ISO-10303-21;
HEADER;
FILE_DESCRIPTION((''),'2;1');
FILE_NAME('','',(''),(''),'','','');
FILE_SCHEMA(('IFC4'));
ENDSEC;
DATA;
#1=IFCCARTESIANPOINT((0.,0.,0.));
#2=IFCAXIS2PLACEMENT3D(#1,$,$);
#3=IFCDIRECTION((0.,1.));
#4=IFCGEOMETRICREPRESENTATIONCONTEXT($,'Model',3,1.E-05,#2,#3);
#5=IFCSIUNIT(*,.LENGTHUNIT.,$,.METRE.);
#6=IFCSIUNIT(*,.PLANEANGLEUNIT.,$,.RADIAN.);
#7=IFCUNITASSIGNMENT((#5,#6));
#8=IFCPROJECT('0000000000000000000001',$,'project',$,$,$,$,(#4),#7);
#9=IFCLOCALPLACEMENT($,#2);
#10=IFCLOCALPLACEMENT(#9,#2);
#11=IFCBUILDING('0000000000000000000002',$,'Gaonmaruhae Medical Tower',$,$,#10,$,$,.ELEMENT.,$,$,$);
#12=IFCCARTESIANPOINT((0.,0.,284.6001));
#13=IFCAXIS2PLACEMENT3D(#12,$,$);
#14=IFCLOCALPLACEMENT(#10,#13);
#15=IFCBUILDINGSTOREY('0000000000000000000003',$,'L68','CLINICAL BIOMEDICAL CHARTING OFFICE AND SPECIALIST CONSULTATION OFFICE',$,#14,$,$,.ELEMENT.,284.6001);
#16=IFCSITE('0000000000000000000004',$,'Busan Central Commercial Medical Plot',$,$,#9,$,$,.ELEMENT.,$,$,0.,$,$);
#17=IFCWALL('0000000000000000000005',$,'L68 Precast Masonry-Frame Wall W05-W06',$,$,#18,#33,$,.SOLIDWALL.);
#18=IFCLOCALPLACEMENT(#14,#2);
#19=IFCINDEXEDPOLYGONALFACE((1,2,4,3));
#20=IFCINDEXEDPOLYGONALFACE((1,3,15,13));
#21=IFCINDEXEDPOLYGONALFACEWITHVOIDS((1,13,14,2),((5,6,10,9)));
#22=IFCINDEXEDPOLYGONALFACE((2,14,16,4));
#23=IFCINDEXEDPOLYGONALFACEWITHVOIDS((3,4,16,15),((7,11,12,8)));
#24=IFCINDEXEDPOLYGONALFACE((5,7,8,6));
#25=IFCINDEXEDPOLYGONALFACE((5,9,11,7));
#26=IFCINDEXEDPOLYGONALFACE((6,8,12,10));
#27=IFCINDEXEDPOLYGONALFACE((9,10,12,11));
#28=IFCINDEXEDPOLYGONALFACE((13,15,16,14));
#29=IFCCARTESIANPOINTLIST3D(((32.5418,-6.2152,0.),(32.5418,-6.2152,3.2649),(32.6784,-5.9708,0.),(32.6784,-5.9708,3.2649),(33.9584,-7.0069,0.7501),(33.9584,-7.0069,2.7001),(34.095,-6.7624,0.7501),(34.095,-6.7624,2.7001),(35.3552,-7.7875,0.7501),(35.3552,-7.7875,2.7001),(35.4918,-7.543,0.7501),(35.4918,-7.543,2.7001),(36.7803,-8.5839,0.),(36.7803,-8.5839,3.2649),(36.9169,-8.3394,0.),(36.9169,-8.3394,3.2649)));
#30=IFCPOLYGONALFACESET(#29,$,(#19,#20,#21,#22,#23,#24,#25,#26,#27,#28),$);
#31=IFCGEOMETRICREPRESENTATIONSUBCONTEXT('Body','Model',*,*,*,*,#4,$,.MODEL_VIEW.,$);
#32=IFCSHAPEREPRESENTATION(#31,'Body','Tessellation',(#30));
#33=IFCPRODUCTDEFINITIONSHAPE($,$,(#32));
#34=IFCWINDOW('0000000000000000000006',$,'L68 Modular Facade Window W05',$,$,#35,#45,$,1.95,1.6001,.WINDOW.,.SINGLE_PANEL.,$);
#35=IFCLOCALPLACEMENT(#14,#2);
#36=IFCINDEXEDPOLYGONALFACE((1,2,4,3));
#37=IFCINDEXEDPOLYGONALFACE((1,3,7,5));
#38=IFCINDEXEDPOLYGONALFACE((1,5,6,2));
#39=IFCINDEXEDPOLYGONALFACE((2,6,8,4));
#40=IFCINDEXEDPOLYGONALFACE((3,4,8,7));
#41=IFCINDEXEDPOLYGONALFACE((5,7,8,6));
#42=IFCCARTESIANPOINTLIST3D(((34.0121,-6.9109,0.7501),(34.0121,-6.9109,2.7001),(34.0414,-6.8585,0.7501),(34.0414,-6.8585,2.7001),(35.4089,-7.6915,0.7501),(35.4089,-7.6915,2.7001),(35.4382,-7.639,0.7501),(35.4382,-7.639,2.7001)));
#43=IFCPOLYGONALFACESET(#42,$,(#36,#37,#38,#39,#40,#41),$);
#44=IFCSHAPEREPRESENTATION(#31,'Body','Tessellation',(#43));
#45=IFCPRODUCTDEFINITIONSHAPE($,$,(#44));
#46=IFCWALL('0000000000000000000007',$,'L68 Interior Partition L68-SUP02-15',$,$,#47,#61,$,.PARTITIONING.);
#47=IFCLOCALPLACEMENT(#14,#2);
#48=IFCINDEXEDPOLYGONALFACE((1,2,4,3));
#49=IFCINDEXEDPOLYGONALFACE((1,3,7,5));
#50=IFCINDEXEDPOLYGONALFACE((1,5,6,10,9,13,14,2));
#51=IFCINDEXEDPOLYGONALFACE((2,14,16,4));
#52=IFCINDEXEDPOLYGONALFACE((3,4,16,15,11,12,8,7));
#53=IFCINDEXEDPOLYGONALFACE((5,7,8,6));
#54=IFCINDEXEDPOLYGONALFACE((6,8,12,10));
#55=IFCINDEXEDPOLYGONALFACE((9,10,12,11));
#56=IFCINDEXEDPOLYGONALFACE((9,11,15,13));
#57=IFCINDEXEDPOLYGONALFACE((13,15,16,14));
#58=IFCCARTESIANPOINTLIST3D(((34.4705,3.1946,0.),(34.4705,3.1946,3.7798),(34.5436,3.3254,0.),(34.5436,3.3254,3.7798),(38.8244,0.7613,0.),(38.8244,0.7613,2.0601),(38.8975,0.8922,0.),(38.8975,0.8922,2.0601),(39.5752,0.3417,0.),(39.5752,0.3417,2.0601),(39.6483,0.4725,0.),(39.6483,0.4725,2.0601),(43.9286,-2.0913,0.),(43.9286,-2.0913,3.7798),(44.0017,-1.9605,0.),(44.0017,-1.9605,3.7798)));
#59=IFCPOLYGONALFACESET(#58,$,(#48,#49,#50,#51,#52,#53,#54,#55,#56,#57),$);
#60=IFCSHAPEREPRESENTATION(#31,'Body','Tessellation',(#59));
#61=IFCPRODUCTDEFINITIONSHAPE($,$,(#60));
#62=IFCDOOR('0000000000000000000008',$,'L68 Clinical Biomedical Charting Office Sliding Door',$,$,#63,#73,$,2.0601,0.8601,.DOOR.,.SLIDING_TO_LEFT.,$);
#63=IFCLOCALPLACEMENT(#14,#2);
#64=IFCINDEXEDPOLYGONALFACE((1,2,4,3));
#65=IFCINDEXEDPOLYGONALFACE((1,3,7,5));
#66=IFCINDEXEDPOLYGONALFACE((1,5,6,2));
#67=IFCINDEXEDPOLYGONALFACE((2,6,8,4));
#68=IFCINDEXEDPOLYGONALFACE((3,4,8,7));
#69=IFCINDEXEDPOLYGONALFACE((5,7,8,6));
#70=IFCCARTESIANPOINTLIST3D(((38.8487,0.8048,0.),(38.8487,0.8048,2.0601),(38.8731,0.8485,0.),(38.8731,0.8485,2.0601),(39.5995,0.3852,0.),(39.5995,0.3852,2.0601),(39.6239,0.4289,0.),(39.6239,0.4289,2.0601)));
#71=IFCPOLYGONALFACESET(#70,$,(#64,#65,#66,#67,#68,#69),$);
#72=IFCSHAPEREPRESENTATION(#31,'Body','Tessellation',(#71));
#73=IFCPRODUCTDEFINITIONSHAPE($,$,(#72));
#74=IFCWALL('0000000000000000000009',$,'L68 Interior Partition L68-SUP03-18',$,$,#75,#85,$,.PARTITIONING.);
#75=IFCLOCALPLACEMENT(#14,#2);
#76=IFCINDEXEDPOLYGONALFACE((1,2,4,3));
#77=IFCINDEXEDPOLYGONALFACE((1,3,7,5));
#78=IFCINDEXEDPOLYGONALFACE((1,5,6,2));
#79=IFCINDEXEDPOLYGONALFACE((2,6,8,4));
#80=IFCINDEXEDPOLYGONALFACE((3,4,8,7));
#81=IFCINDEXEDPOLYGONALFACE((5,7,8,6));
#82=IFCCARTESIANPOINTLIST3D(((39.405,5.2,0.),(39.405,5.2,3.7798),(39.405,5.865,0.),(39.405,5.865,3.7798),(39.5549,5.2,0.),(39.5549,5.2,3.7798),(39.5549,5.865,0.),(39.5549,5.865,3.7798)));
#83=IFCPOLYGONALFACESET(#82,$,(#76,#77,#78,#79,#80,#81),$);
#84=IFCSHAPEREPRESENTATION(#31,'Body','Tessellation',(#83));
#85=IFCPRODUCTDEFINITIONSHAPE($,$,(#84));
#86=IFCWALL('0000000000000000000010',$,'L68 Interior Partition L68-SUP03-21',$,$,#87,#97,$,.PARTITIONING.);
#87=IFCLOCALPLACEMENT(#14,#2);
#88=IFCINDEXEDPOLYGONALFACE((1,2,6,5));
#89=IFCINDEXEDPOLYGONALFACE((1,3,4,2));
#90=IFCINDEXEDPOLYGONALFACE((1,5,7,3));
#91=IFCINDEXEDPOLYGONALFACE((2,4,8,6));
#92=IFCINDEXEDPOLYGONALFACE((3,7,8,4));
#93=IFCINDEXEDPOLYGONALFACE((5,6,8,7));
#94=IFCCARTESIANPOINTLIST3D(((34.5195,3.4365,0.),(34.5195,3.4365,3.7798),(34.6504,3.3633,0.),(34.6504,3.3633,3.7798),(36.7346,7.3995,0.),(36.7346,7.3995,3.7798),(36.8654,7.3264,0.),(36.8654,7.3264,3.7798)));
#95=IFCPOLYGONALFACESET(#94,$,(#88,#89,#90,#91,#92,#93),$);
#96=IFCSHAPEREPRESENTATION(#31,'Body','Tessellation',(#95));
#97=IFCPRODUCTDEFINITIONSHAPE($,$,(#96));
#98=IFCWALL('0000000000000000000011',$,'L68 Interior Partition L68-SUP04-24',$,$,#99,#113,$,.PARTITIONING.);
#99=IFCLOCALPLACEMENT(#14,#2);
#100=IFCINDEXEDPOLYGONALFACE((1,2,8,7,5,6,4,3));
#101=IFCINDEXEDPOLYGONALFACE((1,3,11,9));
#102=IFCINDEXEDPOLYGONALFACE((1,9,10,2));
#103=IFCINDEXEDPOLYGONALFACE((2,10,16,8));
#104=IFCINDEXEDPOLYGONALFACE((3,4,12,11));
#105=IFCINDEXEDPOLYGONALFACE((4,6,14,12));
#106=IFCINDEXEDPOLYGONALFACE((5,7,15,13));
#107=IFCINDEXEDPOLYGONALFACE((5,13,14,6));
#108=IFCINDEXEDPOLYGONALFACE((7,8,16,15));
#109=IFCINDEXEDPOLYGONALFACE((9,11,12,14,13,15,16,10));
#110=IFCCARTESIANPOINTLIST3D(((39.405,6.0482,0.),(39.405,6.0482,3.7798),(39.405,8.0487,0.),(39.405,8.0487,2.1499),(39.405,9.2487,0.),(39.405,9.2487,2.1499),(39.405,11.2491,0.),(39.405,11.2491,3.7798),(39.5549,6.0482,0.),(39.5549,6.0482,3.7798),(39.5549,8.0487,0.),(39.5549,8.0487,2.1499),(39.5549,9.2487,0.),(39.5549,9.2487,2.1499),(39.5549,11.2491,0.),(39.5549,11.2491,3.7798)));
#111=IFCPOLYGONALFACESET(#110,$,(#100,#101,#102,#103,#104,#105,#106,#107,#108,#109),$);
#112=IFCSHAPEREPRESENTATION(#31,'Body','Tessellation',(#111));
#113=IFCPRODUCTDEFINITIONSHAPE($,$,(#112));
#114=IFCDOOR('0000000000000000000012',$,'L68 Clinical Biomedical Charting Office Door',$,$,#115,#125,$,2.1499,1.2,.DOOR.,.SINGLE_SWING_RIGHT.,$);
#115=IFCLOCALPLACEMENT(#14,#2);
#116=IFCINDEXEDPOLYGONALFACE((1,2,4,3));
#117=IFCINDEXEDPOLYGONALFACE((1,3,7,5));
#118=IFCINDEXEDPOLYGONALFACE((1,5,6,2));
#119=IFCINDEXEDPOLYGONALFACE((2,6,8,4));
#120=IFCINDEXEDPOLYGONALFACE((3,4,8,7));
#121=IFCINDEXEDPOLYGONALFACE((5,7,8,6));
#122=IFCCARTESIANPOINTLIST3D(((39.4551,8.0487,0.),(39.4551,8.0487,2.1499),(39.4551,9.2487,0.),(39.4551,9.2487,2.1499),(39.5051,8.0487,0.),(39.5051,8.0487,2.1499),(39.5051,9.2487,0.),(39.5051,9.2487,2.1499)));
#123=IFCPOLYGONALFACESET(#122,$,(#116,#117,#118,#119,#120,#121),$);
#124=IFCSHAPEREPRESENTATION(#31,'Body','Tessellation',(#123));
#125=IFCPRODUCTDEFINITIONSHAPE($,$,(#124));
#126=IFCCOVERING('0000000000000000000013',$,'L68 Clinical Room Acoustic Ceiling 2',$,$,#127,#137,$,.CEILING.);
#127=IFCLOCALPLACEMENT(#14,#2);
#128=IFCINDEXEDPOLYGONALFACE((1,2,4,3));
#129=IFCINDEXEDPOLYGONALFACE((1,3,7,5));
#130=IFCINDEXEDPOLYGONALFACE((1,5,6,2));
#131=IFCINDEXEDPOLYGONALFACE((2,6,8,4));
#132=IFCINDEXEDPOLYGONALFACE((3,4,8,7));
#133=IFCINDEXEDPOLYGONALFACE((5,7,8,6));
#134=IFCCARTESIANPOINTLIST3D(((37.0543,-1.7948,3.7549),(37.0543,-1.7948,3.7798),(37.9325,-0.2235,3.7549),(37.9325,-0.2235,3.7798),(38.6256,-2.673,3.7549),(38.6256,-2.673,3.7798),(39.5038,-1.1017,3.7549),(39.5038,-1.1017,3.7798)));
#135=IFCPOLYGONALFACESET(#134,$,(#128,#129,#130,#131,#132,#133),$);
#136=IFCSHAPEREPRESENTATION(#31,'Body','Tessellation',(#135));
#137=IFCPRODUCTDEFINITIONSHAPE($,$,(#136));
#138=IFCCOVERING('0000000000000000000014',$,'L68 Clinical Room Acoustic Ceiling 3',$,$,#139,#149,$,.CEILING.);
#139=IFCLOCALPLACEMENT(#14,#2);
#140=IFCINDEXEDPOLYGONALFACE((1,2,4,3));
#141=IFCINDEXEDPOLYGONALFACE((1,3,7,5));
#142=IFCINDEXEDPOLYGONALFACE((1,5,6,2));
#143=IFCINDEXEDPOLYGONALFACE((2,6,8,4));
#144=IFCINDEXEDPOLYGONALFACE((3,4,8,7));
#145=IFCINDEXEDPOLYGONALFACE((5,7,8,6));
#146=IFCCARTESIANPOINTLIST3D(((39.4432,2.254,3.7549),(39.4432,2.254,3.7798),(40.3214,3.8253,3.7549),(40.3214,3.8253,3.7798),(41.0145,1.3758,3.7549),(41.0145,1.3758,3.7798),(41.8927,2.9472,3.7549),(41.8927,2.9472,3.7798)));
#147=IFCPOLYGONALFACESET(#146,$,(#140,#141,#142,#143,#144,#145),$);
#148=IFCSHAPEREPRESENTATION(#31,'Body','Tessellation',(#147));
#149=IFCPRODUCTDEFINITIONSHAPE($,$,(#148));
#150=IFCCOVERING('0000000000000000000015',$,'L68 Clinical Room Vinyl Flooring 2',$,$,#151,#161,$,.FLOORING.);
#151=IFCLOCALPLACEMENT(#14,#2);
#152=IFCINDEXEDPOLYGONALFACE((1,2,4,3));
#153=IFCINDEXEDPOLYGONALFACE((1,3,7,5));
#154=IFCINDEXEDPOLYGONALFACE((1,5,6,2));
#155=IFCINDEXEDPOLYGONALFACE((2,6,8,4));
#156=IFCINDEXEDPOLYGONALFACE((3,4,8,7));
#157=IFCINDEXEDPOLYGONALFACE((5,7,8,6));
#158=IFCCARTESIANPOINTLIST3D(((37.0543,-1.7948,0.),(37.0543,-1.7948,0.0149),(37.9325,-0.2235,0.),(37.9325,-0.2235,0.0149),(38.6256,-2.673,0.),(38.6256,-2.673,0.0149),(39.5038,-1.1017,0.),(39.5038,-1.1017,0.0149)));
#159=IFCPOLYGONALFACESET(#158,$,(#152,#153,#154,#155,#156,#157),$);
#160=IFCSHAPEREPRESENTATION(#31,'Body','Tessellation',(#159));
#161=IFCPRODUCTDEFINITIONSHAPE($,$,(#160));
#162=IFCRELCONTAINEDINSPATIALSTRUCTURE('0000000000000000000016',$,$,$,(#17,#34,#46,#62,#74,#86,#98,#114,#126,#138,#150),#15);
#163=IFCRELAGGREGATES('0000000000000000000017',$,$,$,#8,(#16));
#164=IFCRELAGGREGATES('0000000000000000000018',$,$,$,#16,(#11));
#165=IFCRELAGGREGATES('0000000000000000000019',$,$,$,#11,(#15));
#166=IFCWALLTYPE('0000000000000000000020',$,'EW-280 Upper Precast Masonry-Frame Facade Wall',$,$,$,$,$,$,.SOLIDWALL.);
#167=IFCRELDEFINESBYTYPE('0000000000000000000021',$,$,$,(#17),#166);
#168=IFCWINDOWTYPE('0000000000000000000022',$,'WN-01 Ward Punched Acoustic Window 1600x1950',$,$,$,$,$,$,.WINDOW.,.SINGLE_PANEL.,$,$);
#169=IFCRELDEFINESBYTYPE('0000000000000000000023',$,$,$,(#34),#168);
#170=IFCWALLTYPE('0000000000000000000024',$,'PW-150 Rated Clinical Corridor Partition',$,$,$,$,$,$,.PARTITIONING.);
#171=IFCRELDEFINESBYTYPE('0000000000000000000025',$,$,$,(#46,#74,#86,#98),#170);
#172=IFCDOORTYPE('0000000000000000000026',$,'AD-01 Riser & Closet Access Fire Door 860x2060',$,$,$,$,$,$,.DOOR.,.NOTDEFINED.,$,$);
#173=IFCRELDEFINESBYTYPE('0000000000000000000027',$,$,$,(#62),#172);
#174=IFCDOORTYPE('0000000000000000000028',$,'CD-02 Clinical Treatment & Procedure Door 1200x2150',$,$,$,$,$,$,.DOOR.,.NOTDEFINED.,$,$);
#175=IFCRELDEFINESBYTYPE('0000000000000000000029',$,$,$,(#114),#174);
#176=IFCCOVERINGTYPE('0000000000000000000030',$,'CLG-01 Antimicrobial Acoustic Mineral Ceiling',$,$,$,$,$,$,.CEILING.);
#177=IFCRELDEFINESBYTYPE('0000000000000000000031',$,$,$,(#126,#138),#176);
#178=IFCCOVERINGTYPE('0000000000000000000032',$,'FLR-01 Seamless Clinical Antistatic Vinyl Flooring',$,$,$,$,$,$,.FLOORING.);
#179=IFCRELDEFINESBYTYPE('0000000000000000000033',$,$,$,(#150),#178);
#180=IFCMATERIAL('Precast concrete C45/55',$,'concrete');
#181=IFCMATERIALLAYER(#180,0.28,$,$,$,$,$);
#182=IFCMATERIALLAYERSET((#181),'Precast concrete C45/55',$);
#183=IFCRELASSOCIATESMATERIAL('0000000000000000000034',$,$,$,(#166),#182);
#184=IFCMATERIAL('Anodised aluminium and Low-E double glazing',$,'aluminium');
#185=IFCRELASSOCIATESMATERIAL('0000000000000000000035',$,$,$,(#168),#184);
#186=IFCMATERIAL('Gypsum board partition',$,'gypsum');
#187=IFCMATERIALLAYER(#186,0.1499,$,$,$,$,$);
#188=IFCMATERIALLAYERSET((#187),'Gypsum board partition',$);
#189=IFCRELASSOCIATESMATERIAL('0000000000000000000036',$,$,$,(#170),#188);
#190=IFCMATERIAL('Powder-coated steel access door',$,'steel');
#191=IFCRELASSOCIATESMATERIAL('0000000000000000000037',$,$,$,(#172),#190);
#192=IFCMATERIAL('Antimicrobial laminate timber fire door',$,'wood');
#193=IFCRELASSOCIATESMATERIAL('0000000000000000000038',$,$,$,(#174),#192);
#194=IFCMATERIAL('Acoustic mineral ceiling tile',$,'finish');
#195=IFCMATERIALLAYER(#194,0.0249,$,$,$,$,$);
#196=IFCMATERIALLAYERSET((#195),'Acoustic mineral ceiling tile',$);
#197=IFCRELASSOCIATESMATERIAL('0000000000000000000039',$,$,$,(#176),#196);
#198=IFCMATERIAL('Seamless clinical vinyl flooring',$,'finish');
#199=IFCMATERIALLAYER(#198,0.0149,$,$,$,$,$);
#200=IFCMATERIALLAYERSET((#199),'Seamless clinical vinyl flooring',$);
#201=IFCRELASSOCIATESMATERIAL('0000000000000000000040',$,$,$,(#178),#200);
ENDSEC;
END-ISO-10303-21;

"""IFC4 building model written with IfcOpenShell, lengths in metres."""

from ifc_helpers import new_model, si_unit, direction, frame, frame_2d, origin, origin_2d, place, context, subcontext, project, spatial, rectangle, extrude, material, layer, layer_set, type_object, element, fill, save


model = new_model("IFC4")

# Units and contexts
model_context = context("Model", 3, precision=1e-05, world=origin(), true_north=direction((0.0, 1.0)))
body_context = subcontext(model_context, "Body", "Model", "MODEL_VIEW")
ifc_project = project(units=[si_unit("LENGTHUNIT", "METRE"), si_unit("PLANEANGLEUNIT", "RADIAN")], contexts=[model_context])

# Site, building, storey
site_placement = place(None, origin())
site = spatial("IfcSite", under=ifc_project, at=site_placement, Name="Busan Central Commercial Medical Plot", CompositionType="ELEMENT", RefElevation=0.0)
building_placement = place(site_placement, origin())
building = spatial("IfcBuilding", under=site, at=building_placement, Name="Gaonmaruhae Medical Tower", CompositionType="ELEMENT")
storey_placement = place(building_placement, frame((0.0, 0.0, 284.6001)))
storey = spatial("IfcBuildingStorey", under=building, at=storey_placement, Name="L68", Description="CLINICAL BIOMEDICAL CHARTING OFFICE AND SPECIALIST CONSULTATION OFFICE", CompositionType="ELEMENT", Elevation=284.6001)

# Wall, opening, window
ifc_material_1 = material(Name="Precast concrete C45/55", Category="concrete")
ifc_layer_1 = layer(ifc_material_1, 0.28)
ifc_layer_set_1 = layer_set([ifc_layer_1], Name="Precast concrete C45/55")
wall_type_1 = type_object("IfcWallType", Name="EW-280 Upper Precast Masonry-Frame Facade Wall", PredefinedType="SOLIDWALL", material=ifc_layer_set_1)
wall_1_placement = place(storey_placement, frame((36.8486, -8.4617, 0.0), z_axis=(0.0, 0.0, 1.0), x_axis=(-0.872938, 0.487832, 0.0)))
wall_1 = element("IfcWall", 1, at=wall_1_placement, inside=storey, type_object=wall_type_1, Name="L68 Precast Masonry-Frame Wall W05-W06", PredefinedType="SOLIDWALL", context=body_context, shape_type="SweptSolid", body=[
    extrude(rectangle(XDim=4.8555, YDim=0.28, at=frame_2d((2.4277, 0.0))), origin(), (0.0, 0.0, 1.0), 3.2649),
])
opening_1_placement = place(wall_1_placement, frame((1.6326, 0.0, 0.75)))
opening_1 = element("IfcOpeningElement", 2, at=opening_1_placement, cuts=wall_1, PredefinedType="OPENING", context=body_context, shape_type="SweptSolid", body=[
    extrude(rectangle(XDim=1.6001, YDim=1.95, at=frame_2d((0.8, 0.9751))), frame((0.0, 0.1499, 0.0), z_axis=(0.0, -1.0, 0.0), x_axis=(1.0, 0.0, 0.0)), (0.0, 0.0, 1.0), 0.3),
])
ifc_material_2 = material(Name="Anodised aluminium and Low-E double glazing", Category="aluminium")
window_type = type_object("IfcWindowType", Name="WN-01 Ward Punched Acoustic Window 1600x1950", PartitioningType="SINGLE_PANEL", PredefinedType="WINDOW", material=ifc_material_2)
window_placement = place(opening_1_placement, origin())
window = element("IfcWindow", 3, at=window_placement, inside=storey, type_object=window_type, Name="L68 Modular Facade Window W05", OverallHeight=1.95, OverallWidth=1.6001, PartitioningType="SINGLE_PANEL", PredefinedType="WINDOW", context=body_context, shape_type="SweptSolid", body=[
    extrude(rectangle(XDim=1.6001, YDim=1.95, at=frame_2d((0.8, 0.9751))), frame((0.0, 0.03, 0.0), z_axis=(0.0, -1.0, 0.0), x_axis=(1.0, 0.0, 0.0)), (0.0, 0.0, 1.0), 0.0601),
])
fill(opening_1, window)

# Wall, opening, door
ifc_material_3 = material(Name="Gypsum board partition", Category="gypsum")
ifc_layer_2 = layer(ifc_material_3, 0.1499)
ifc_layer_set_2 = layer_set([ifc_layer_2], Name="Gypsum board partition")
wall_type_2 = type_object("IfcWallType", Name="PW-150 Rated Clinical Corridor Partition", PredefinedType="PARTITIONING", material=ifc_layer_set_2)
wall_2_placement = place(storey_placement, frame((34.5071, 3.26, 0.0), z_axis=(0.0, 0.0, 1.0), x_axis=(0.872923, -0.487859, 0.0)))
wall_2 = element("IfcWall", 4, at=wall_2_placement, inside=storey, type_object=wall_type_2, Name="L68 Interior Partition L68-SUP02-15", PredefinedType="PARTITIONING", context=body_context, shape_type="SweptSolid", body=[
    extrude(rectangle(XDim=10.835, YDim=0.1499, at=frame_2d((5.4175, 0.0))), origin(), (0.0, 0.0, 1.0), 3.7798),
])
opening_2_placement = place(wall_2_placement, frame((4.9875, 0.0, 0.0)))
opening_2 = element("IfcOpeningElement", 5, at=opening_2_placement, cuts=wall_2, PredefinedType="OPENING", context=body_context, shape_type="SweptSolid", body=[
    extrude(rectangle(XDim=0.8601, YDim=2.0601, at=frame_2d((0.4302, 1.03))), frame((0.0, 0.085, 0.0), z_axis=(0.0, -1.0, 0.0), x_axis=(1.0, 0.0, 0.0)), (0.0, 0.0, 1.0), 0.1699),
])
ifc_material_4 = material(Name="Powder-coated steel access door", Category="steel")
door_type_1 = type_object("IfcDoorType", Name="AD-01 Riser & Closet Access Fire Door 860x2060", OperationType="NOTDEFINED", PredefinedType="DOOR", material=ifc_material_4)
door_1_placement = place(opening_2_placement, origin())
door_1 = element("IfcDoor", 6, at=door_1_placement, inside=storey, type_object=door_type_1, Name="L68 Clinical Biomedical Charting Office Sliding Door", OperationType="SLIDING_TO_LEFT", OverallHeight=2.0601, OverallWidth=0.8601, PredefinedType="DOOR", context=body_context, shape_type="SweptSolid", body=[
    extrude(rectangle(XDim=0.8601, YDim=2.0601, at=frame_2d((0.4302, 1.03))), frame((0.0, 0.0249, 0.0), z_axis=(0.0, -1.0, 0.0), x_axis=(1.0, 0.0, 0.0)), (0.0, 0.0, 1.0), 0.05),
])
fill(opening_2, door_1)
ifc_material_5 = material(Name="Antimicrobial laminate timber fire door", Category="wood")
door_type_2 = type_object("IfcDoorType", Name="CD-02 Clinical Treatment & Procedure Door 1200x2150", OperationType="NOTDEFINED", PredefinedType="DOOR", material=ifc_material_5)

# Walls
wall_3_placement = place(storey_placement, frame((39.48, 5.2, 0.0), z_axis=(0.0, 0.0, 1.0), x_axis=(0.0, 1.0, 0.0)))
element("IfcWall", 7, at=wall_3_placement, inside=storey, type_object=wall_type_2, Name="L68 Interior Partition L68-SUP03-18", PredefinedType="PARTITIONING", context=body_context, shape_type="SweptSolid", body=[
    extrude(rectangle(XDim=0.665, YDim=0.1499, at=frame_2d((0.3325, 0.0))), origin(), (0.0, 0.0, 1.0), 3.7798),
])
wall_4_placement = place(storey_placement, frame((34.585, 3.3999, 0.0), z_axis=(0.0, 0.0, 1.0), x_axis=(0.487888, 0.872906, 0.0)))
element("IfcWall", 8, at=wall_4_placement, inside=storey, type_object=wall_type_2, Name="L68 Interior Partition L68-SUP03-21", PredefinedType="PARTITIONING", context=body_context, shape_type="SweptSolid", body=[
    extrude(rectangle(XDim=4.54, YDim=0.1499, at=frame_2d((2.27, 0.0))), origin(), (0.0, 0.0, 1.0), 3.7798),
])

# Wall, opening, door
wall_5_placement = place(storey_placement, frame((39.48, 6.0481, 0.0), z_axis=(0.0, 0.0, 1.0), x_axis=(0.0, 1.0, 0.0)))
wall_5 = element("IfcWall", 9, at=wall_5_placement, inside=storey, type_object=wall_type_2, Name="L68 Interior Partition L68-SUP04-24", PredefinedType="PARTITIONING", context=body_context, shape_type="SweptSolid", body=[
    extrude(rectangle(XDim=5.2009, YDim=0.1499, at=frame_2d((2.6006, 0.0))), origin(), (0.0, 0.0, 1.0), 3.7798),
])
opening_3_placement = place(wall_5_placement, frame((2.0005, 0.0, 0.0)))
opening_3 = element("IfcOpeningElement", 10, at=opening_3_placement, cuts=wall_5, PredefinedType="OPENING", context=body_context, shape_type="SweptSolid", body=[
    extrude(rectangle(XDim=1.2, YDim=2.1499, at=frame_2d((0.6001, 1.075))), frame((0.0, 0.085, 0.0), z_axis=(0.0, -1.0, 0.0), x_axis=(1.0, 0.0, 0.0)), (0.0, 0.0, 1.0), 0.1699),
])
door_2_placement = place(opening_3_placement, origin())
door_2 = element("IfcDoor", 11, at=door_2_placement, inside=storey, type_object=door_type_2, Name="L68 Clinical Biomedical Charting Office Door", OperationType="SINGLE_SWING_RIGHT", OverallHeight=2.1499, OverallWidth=1.2, PredefinedType="DOOR", context=body_context, shape_type="SweptSolid", body=[
    extrude(rectangle(XDim=1.2, YDim=2.1499, at=frame_2d((0.6001, 1.075))), frame((0.0, 0.0249, 0.0), z_axis=(0.0, -1.0, 0.0), x_axis=(1.0, 0.0, 0.0)), (0.0, 0.0, 1.0), 0.05),
])
fill(opening_3, door_2)

# Coverings
ifc_material_6 = material(Name="Acoustic mineral ceiling tile", Category="finish")
ifc_layer_3 = layer(ifc_material_6, 0.0249)
ifc_layer_set_3 = layer_set([ifc_layer_3], Name="Acoustic mineral ceiling tile")
covering_type_1 = type_object("IfcCoveringType", Name="CLG-01 Antimicrobial Acoustic Mineral Ceiling", PredefinedType="CEILING", material=ifc_layer_set_3)
for number, where, z_axis, x_axis, name in (
    (12, (38.2791, -1.4482, 3.7549), (0.0, 0.0, 1.0), (0.48786, 0.872922, 0.0), "L68 Clinical Room Acoustic Ceiling 2"),
    (13, (40.668, 2.6006, 3.7549), (0.0, 0.0, 1.0), (0.48786, 0.872922, 0.0), "L68 Clinical Room Acoustic Ceiling 3"),
):
    element("IfcCovering", number, at=place(storey_placement, frame(where, z_axis=z_axis, x_axis=x_axis)), inside=storey, type_object=covering_type_1, Name=name, PredefinedType="CEILING", context=body_context, shape_type="SweptSolid", body=[
        extrude(rectangle(XDim=1.8, YDim=1.8, at=origin_2d()), origin(), (0.0, 0.0, 1.0), 0.0249),
    ])
ifc_material_7 = material(Name="Seamless clinical vinyl flooring", Category="finish")
ifc_layer_4 = layer(ifc_material_7, 0.0149)
ifc_layer_set_4 = layer_set([ifc_layer_4], Name="Seamless clinical vinyl flooring")
covering_type_2 = type_object("IfcCoveringType", Name="FLR-01 Seamless Clinical Antistatic Vinyl Flooring", PredefinedType="FLOORING", material=ifc_layer_set_4)
covering_placement = place(storey_placement, frame((38.2791, -1.4482, 0.0), z_axis=(0.0, 0.0, 1.0), x_axis=(0.48786, 0.872922, 0.0)))
element("IfcCovering", 14, at=covering_placement, inside=storey, type_object=covering_type_2, Name="L68 Clinical Room Vinyl Flooring 2", PredefinedType="FLOORING", context=body_context, shape_type="SweptSolid", body=[
    extrude(rectangle(XDim=1.8, YDim=1.8, at=origin_2d()), origin(), (0.0, 0.0, 1.0), 0.0149),
])

save(model, "model.ifc")
